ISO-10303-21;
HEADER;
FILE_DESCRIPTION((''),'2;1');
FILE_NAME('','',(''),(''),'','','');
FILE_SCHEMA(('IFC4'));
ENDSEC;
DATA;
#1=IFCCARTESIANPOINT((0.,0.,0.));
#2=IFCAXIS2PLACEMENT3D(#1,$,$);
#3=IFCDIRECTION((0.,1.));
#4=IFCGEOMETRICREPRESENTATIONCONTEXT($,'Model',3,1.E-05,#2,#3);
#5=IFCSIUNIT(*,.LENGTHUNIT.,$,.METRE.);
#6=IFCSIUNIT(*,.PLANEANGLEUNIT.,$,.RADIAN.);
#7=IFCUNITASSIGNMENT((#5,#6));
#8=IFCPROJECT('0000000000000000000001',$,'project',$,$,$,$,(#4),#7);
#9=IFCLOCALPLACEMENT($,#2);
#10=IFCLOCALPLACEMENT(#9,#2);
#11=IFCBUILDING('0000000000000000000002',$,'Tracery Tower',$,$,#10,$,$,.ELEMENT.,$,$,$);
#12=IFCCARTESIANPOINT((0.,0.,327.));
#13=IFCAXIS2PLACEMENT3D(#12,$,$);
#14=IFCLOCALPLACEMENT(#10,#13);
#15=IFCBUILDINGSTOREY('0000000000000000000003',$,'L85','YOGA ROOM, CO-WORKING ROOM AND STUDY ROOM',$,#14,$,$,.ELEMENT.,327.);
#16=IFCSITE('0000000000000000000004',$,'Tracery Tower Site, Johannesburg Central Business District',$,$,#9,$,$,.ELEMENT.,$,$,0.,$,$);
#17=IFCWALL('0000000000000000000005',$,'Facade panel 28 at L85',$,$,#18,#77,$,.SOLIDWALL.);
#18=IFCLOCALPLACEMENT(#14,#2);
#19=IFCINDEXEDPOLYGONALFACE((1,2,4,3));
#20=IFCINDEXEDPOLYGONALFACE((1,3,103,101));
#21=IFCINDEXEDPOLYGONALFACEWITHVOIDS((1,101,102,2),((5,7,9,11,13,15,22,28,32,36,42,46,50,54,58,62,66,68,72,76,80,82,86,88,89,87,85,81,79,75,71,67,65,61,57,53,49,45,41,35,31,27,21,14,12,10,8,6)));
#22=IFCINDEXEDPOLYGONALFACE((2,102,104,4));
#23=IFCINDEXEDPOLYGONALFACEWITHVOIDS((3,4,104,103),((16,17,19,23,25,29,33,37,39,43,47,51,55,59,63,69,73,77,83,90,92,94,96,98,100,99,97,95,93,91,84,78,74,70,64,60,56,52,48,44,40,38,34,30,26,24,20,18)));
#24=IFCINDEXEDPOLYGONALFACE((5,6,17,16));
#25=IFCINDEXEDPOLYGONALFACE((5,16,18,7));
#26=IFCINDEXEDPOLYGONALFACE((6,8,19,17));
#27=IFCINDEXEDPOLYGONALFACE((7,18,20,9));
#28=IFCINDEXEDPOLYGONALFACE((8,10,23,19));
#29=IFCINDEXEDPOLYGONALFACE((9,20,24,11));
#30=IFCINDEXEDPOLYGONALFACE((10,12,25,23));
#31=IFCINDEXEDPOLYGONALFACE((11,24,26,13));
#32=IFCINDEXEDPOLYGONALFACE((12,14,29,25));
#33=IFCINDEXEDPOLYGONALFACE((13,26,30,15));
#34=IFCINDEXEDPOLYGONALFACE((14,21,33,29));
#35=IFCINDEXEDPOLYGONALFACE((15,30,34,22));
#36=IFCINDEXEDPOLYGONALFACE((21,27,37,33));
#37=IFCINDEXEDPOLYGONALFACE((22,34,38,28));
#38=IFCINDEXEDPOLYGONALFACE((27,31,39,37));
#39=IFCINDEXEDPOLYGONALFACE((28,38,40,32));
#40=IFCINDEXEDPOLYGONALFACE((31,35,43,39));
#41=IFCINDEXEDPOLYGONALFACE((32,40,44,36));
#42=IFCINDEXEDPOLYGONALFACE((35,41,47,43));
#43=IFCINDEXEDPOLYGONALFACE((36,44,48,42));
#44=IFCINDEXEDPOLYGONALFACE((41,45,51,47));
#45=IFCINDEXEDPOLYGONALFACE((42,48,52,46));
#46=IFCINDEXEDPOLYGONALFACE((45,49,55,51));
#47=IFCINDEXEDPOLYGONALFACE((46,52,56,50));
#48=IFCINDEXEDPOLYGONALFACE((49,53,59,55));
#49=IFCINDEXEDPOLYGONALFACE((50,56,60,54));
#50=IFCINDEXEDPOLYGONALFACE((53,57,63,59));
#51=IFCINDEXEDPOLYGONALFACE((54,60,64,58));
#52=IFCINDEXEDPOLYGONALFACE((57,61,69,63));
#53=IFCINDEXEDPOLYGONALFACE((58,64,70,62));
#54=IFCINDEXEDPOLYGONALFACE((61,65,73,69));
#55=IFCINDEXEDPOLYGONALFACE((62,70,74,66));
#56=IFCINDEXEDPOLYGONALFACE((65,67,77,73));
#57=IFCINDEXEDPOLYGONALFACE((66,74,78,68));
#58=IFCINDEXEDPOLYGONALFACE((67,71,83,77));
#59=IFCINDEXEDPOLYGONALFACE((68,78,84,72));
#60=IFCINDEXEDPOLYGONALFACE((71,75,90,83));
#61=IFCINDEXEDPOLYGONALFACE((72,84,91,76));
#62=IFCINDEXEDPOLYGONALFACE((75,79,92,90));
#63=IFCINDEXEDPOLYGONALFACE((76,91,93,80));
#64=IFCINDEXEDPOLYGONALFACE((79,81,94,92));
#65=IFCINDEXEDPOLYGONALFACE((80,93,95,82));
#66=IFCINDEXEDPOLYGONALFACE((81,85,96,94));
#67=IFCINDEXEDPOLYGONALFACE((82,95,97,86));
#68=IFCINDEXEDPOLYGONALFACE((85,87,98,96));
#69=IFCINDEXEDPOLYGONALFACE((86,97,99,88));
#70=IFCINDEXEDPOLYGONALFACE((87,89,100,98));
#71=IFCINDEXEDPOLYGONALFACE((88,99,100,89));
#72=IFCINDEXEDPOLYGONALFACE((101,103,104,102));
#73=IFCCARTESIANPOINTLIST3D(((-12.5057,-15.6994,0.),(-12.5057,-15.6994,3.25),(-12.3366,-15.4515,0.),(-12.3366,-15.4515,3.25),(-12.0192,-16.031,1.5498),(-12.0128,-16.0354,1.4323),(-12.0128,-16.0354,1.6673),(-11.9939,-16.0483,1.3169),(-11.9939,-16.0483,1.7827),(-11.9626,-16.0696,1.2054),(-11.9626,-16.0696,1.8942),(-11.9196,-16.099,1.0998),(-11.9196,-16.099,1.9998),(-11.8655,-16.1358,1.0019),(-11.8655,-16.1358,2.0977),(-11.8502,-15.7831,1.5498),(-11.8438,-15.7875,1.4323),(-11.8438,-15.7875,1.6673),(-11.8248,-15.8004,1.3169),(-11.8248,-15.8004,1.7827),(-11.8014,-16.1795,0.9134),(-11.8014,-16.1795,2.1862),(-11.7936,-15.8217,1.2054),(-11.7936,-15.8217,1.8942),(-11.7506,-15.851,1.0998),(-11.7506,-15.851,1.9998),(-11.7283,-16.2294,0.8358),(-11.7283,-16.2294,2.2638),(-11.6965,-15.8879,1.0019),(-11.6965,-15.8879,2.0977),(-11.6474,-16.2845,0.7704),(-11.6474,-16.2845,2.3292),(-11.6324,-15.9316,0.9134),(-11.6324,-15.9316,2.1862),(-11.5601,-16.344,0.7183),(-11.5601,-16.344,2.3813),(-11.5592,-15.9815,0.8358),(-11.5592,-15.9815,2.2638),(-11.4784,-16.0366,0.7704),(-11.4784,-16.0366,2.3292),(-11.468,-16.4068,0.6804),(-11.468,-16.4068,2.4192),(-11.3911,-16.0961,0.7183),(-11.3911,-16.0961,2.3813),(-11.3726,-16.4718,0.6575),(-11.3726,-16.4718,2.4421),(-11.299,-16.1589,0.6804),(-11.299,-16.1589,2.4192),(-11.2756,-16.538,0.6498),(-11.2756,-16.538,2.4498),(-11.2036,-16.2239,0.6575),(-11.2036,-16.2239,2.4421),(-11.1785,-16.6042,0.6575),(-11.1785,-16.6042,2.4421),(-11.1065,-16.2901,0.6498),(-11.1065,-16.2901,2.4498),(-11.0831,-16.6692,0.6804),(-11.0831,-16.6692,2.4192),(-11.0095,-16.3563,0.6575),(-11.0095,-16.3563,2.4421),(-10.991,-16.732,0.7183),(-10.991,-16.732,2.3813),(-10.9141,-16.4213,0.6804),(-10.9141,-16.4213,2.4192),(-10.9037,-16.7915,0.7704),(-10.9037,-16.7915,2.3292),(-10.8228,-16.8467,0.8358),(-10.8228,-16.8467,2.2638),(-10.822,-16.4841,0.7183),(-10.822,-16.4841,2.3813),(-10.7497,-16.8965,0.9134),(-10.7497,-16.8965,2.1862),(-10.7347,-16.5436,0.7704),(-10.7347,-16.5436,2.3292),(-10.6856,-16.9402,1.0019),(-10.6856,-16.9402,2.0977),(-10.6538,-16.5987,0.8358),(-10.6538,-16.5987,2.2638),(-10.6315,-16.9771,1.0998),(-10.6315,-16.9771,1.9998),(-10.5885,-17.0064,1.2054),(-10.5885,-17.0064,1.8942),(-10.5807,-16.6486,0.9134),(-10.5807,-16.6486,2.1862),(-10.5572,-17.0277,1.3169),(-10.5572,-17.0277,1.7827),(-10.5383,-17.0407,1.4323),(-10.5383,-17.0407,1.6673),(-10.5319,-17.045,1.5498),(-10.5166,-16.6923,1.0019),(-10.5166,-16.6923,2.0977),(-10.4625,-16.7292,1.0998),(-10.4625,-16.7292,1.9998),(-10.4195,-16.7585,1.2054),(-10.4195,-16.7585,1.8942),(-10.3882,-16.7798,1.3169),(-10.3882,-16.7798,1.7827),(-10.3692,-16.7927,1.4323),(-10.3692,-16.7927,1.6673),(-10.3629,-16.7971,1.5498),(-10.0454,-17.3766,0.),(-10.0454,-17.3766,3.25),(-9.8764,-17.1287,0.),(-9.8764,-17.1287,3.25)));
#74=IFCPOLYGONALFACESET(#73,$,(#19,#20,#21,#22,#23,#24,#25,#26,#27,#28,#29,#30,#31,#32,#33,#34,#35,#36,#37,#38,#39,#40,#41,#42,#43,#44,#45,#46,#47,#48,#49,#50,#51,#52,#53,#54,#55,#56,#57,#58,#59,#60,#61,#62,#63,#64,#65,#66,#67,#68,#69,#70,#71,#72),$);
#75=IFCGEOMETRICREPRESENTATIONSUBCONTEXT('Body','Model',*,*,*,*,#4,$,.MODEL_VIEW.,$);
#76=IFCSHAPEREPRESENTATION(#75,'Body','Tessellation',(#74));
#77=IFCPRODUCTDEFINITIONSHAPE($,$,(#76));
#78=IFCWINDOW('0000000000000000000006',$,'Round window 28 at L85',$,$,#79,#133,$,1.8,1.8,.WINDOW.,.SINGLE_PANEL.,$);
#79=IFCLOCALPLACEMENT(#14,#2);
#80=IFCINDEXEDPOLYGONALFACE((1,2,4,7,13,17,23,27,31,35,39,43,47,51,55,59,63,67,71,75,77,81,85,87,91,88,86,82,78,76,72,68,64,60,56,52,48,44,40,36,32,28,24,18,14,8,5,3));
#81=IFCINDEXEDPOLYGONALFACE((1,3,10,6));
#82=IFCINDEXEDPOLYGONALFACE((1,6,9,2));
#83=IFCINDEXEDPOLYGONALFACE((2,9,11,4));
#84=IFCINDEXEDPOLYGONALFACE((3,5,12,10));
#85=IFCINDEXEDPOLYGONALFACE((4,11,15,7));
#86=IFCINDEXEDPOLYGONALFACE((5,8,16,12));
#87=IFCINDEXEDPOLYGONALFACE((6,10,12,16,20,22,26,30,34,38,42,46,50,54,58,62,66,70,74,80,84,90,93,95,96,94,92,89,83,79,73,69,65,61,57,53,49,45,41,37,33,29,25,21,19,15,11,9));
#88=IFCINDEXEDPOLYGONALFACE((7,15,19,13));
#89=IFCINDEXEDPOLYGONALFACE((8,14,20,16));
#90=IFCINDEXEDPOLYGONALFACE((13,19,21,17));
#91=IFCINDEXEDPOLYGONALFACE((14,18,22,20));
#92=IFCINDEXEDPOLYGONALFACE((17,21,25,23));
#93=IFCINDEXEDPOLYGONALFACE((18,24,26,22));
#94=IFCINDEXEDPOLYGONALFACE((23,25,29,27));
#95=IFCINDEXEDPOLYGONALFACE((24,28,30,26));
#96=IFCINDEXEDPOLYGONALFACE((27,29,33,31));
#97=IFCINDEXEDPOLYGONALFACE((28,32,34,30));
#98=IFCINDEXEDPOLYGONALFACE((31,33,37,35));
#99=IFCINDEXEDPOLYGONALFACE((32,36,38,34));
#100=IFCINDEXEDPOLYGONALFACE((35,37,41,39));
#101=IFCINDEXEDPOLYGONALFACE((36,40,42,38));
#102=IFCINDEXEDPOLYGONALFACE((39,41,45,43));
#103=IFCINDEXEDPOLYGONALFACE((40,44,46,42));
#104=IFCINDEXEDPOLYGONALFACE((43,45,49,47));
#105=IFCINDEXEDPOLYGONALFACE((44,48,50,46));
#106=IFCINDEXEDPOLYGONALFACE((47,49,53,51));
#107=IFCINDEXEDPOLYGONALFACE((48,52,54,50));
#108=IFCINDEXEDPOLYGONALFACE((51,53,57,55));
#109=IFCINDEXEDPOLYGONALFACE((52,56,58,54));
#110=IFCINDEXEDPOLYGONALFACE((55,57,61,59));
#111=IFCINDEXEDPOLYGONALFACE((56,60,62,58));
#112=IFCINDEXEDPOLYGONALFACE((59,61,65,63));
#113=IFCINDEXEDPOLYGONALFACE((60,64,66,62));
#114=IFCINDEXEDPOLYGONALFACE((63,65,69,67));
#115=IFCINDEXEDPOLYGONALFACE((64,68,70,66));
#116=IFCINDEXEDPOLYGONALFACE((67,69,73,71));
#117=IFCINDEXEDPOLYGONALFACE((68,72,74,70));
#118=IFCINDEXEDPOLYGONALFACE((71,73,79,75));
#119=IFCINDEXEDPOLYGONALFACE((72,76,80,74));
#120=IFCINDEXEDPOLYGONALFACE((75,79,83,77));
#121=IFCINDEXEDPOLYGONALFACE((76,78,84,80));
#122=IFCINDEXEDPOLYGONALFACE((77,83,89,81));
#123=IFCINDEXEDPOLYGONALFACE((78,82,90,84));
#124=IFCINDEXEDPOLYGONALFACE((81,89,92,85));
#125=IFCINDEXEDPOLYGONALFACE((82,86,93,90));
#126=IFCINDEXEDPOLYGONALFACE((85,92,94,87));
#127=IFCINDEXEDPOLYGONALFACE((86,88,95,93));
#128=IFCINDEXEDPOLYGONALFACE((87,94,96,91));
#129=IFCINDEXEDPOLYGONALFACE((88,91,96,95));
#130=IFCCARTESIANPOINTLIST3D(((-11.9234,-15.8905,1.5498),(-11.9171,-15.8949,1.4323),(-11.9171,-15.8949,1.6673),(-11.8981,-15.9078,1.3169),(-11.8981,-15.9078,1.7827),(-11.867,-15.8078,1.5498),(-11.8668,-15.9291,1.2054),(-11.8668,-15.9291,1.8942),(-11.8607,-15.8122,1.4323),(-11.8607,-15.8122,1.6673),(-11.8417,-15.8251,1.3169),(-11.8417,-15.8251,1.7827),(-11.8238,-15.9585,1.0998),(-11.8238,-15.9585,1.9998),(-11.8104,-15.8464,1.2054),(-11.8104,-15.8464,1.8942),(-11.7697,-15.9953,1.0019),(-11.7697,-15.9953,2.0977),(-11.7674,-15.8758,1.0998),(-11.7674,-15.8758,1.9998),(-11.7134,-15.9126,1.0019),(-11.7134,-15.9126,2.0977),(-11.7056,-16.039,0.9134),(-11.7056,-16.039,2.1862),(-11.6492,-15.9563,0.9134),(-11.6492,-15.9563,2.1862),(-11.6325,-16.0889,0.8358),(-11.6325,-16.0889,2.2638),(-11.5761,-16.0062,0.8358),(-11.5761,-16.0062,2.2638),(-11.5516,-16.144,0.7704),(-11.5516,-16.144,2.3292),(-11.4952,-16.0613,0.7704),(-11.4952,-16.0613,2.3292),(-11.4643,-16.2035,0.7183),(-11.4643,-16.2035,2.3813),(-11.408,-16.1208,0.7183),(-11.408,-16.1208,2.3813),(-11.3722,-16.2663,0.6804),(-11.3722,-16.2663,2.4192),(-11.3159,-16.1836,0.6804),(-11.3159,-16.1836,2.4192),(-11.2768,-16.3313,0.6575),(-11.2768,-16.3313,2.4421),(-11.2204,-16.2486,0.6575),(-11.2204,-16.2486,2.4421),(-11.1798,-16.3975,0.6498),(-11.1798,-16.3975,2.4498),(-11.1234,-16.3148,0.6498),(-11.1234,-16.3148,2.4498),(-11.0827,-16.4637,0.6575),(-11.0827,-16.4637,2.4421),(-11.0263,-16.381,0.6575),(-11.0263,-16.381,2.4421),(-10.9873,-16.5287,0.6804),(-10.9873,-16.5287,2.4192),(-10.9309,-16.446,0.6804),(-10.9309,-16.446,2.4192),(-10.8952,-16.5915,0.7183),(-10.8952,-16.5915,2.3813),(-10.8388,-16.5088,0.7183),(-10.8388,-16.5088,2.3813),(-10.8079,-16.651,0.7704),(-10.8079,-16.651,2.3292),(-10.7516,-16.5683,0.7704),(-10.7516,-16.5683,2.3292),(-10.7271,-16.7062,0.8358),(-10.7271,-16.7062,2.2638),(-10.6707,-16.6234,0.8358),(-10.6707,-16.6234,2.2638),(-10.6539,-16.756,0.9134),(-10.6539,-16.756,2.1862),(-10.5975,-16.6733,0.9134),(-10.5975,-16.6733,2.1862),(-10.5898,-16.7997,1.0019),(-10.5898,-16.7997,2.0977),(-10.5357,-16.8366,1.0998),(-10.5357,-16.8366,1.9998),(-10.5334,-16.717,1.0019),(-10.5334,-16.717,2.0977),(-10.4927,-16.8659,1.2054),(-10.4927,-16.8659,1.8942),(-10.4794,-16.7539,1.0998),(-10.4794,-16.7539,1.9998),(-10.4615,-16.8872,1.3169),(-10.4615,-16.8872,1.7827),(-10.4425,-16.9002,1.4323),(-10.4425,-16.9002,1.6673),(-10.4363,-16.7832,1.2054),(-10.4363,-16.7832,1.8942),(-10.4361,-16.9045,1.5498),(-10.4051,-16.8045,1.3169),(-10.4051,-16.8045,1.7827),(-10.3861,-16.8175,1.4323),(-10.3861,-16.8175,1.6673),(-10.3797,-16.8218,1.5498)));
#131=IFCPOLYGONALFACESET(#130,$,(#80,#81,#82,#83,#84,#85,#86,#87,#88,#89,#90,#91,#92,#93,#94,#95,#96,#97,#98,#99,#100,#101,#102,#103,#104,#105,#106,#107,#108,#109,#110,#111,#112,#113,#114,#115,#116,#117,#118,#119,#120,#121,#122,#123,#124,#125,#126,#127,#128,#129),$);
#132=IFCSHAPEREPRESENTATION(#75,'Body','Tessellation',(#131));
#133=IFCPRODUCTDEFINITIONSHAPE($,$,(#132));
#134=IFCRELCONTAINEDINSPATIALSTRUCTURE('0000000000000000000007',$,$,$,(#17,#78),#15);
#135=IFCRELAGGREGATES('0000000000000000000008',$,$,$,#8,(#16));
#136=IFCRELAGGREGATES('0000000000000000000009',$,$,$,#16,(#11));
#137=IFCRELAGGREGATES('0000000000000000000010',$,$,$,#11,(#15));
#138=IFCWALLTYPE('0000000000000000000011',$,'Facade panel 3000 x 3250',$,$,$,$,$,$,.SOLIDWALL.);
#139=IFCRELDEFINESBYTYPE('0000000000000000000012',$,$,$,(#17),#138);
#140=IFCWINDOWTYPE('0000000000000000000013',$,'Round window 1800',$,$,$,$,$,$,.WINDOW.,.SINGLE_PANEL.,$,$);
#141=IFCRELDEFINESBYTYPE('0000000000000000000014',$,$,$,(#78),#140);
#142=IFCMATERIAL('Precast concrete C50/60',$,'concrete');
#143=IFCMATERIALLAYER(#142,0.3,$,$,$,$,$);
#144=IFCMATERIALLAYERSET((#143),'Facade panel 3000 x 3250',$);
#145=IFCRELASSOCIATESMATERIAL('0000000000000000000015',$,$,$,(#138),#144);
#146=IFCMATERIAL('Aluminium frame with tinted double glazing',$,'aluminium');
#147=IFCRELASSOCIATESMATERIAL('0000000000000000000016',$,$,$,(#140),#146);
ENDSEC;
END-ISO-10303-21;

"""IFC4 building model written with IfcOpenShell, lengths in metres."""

from ifc_helpers import new_model, si_unit, direction, frame, frame_2d, origin, origin_2d, place, context, subcontext, project, spatial, rectangle, circle, extrude, material, layer, layer_set, type_object, element, fill, save


model = new_model("IFC4")

# Units and contexts
model_context = context("Model", 3, precision=1e-05, world=origin(), true_north=direction((0.0, 1.0)))
body_context = subcontext(model_context, "Body", "Model", "MODEL_VIEW")
ifc_project = project(units=[si_unit("LENGTHUNIT", "METRE"), si_unit("PLANEANGLEUNIT", "RADIAN")], contexts=[model_context])

# Site, building, storey
site_placement = place(None, origin())
site = spatial("IfcSite", under=ifc_project, at=site_placement, Name="Tracery Tower Site, Johannesburg Central Business District", CompositionType="ELEMENT", RefElevation=0.0)
building_placement = place(site_placement, origin())
building = spatial("IfcBuilding", under=site, at=building_placement, Name="Tracery Tower", CompositionType="ELEMENT")
storey_placement = place(building_placement, frame((0.0, 0.0, 327.0)))
storey = spatial("IfcBuildingStorey", under=building, at=storey_placement, Name="L85", Description="YOGA ROOM, CO-WORKING ROOM AND STUDY ROOM", CompositionType="ELEMENT", Elevation=327.0)

# Wall, opening, window
ifc_material_1 = material(Name="Precast concrete C50/60", Category="concrete")
ifc_layer_1 = layer(ifc_material_1, 0.3)
ifc_layer_set_1 = layer_set([ifc_layer_1], Name="Facade panel 3000 x 3250")
wall_type_1 = type_object("IfcWallType", Name="Facade panel 3000 x 3250", PredefinedType="SOLIDWALL", material=ifc_layer_set_1)
ifc_material_2 = material(Name="Aluminium frame with tinted double glazing", Category="aluminium")
window_type = type_object("IfcWindowType", Name="Round window 1800", PartitioningType="SINGLE_PANEL", PredefinedType="WINDOW", material=ifc_material_2)
wall_1_placement = place(storey_placement, frame((-12.4211, -15.5754, 0.0), z_axis=(0.0, 0.0, 1.0), x_axis=(0.826253, -0.563299, 0.0)))
wall_1 = element("IfcWall", 1, at=wall_1_placement, inside=storey, type_object=wall_type_1, Name="Facade panel 28 at L85", PredefinedType="SOLIDWALL", context=body_context, shape_type="SweptSolid", body=[
    extrude(rectangle(XDim=2.9775, YDim=0.3, at=frame_2d((1.4888, 0.0))), origin(), (0.0, 0.0, 1.0), 3.25),
])
opening_1_placement = place(wall_1_placement, frame((1.4888, 0.0, 1.5498)))
opening_1 = element("IfcOpeningElement", 2, at=opening_1_placement, cuts=wall_1, PredefinedType="OPENING", context=body_context, shape_type="SweptSolid", body=[
    extrude(circle(Radius=0.9, at=origin_2d()), frame((0.0, 0.1599, 0.0), z_axis=(0.0, -1.0, 0.0), x_axis=(1.0, 0.0, 0.0)), (0.0, 0.0, 1.0), 0.3201),
])
window_1_placement = place(opening_1_placement, origin())
window_1 = element("IfcWindow", 3, at=window_1_placement, inside=storey, type_object=window_type, Name="Round window 28 at L85", OverallHeight=1.8, OverallWidth=1.8, PartitioningType="SINGLE_PANEL", PredefinedType="WINDOW", context=body_context, shape_type="SweptSolid", body=[
    extrude(circle(Radius=0.9, at=origin_2d()), frame((0.0, 0.1201, 0.0), z_axis=(0.0, -1.0, 0.0), x_axis=(1.0, 0.0, 0.0)), (0.0, 0.0, 1.0), 0.1001),
])
fill(opening_1, window_1)

save(model, "model.ifc")
